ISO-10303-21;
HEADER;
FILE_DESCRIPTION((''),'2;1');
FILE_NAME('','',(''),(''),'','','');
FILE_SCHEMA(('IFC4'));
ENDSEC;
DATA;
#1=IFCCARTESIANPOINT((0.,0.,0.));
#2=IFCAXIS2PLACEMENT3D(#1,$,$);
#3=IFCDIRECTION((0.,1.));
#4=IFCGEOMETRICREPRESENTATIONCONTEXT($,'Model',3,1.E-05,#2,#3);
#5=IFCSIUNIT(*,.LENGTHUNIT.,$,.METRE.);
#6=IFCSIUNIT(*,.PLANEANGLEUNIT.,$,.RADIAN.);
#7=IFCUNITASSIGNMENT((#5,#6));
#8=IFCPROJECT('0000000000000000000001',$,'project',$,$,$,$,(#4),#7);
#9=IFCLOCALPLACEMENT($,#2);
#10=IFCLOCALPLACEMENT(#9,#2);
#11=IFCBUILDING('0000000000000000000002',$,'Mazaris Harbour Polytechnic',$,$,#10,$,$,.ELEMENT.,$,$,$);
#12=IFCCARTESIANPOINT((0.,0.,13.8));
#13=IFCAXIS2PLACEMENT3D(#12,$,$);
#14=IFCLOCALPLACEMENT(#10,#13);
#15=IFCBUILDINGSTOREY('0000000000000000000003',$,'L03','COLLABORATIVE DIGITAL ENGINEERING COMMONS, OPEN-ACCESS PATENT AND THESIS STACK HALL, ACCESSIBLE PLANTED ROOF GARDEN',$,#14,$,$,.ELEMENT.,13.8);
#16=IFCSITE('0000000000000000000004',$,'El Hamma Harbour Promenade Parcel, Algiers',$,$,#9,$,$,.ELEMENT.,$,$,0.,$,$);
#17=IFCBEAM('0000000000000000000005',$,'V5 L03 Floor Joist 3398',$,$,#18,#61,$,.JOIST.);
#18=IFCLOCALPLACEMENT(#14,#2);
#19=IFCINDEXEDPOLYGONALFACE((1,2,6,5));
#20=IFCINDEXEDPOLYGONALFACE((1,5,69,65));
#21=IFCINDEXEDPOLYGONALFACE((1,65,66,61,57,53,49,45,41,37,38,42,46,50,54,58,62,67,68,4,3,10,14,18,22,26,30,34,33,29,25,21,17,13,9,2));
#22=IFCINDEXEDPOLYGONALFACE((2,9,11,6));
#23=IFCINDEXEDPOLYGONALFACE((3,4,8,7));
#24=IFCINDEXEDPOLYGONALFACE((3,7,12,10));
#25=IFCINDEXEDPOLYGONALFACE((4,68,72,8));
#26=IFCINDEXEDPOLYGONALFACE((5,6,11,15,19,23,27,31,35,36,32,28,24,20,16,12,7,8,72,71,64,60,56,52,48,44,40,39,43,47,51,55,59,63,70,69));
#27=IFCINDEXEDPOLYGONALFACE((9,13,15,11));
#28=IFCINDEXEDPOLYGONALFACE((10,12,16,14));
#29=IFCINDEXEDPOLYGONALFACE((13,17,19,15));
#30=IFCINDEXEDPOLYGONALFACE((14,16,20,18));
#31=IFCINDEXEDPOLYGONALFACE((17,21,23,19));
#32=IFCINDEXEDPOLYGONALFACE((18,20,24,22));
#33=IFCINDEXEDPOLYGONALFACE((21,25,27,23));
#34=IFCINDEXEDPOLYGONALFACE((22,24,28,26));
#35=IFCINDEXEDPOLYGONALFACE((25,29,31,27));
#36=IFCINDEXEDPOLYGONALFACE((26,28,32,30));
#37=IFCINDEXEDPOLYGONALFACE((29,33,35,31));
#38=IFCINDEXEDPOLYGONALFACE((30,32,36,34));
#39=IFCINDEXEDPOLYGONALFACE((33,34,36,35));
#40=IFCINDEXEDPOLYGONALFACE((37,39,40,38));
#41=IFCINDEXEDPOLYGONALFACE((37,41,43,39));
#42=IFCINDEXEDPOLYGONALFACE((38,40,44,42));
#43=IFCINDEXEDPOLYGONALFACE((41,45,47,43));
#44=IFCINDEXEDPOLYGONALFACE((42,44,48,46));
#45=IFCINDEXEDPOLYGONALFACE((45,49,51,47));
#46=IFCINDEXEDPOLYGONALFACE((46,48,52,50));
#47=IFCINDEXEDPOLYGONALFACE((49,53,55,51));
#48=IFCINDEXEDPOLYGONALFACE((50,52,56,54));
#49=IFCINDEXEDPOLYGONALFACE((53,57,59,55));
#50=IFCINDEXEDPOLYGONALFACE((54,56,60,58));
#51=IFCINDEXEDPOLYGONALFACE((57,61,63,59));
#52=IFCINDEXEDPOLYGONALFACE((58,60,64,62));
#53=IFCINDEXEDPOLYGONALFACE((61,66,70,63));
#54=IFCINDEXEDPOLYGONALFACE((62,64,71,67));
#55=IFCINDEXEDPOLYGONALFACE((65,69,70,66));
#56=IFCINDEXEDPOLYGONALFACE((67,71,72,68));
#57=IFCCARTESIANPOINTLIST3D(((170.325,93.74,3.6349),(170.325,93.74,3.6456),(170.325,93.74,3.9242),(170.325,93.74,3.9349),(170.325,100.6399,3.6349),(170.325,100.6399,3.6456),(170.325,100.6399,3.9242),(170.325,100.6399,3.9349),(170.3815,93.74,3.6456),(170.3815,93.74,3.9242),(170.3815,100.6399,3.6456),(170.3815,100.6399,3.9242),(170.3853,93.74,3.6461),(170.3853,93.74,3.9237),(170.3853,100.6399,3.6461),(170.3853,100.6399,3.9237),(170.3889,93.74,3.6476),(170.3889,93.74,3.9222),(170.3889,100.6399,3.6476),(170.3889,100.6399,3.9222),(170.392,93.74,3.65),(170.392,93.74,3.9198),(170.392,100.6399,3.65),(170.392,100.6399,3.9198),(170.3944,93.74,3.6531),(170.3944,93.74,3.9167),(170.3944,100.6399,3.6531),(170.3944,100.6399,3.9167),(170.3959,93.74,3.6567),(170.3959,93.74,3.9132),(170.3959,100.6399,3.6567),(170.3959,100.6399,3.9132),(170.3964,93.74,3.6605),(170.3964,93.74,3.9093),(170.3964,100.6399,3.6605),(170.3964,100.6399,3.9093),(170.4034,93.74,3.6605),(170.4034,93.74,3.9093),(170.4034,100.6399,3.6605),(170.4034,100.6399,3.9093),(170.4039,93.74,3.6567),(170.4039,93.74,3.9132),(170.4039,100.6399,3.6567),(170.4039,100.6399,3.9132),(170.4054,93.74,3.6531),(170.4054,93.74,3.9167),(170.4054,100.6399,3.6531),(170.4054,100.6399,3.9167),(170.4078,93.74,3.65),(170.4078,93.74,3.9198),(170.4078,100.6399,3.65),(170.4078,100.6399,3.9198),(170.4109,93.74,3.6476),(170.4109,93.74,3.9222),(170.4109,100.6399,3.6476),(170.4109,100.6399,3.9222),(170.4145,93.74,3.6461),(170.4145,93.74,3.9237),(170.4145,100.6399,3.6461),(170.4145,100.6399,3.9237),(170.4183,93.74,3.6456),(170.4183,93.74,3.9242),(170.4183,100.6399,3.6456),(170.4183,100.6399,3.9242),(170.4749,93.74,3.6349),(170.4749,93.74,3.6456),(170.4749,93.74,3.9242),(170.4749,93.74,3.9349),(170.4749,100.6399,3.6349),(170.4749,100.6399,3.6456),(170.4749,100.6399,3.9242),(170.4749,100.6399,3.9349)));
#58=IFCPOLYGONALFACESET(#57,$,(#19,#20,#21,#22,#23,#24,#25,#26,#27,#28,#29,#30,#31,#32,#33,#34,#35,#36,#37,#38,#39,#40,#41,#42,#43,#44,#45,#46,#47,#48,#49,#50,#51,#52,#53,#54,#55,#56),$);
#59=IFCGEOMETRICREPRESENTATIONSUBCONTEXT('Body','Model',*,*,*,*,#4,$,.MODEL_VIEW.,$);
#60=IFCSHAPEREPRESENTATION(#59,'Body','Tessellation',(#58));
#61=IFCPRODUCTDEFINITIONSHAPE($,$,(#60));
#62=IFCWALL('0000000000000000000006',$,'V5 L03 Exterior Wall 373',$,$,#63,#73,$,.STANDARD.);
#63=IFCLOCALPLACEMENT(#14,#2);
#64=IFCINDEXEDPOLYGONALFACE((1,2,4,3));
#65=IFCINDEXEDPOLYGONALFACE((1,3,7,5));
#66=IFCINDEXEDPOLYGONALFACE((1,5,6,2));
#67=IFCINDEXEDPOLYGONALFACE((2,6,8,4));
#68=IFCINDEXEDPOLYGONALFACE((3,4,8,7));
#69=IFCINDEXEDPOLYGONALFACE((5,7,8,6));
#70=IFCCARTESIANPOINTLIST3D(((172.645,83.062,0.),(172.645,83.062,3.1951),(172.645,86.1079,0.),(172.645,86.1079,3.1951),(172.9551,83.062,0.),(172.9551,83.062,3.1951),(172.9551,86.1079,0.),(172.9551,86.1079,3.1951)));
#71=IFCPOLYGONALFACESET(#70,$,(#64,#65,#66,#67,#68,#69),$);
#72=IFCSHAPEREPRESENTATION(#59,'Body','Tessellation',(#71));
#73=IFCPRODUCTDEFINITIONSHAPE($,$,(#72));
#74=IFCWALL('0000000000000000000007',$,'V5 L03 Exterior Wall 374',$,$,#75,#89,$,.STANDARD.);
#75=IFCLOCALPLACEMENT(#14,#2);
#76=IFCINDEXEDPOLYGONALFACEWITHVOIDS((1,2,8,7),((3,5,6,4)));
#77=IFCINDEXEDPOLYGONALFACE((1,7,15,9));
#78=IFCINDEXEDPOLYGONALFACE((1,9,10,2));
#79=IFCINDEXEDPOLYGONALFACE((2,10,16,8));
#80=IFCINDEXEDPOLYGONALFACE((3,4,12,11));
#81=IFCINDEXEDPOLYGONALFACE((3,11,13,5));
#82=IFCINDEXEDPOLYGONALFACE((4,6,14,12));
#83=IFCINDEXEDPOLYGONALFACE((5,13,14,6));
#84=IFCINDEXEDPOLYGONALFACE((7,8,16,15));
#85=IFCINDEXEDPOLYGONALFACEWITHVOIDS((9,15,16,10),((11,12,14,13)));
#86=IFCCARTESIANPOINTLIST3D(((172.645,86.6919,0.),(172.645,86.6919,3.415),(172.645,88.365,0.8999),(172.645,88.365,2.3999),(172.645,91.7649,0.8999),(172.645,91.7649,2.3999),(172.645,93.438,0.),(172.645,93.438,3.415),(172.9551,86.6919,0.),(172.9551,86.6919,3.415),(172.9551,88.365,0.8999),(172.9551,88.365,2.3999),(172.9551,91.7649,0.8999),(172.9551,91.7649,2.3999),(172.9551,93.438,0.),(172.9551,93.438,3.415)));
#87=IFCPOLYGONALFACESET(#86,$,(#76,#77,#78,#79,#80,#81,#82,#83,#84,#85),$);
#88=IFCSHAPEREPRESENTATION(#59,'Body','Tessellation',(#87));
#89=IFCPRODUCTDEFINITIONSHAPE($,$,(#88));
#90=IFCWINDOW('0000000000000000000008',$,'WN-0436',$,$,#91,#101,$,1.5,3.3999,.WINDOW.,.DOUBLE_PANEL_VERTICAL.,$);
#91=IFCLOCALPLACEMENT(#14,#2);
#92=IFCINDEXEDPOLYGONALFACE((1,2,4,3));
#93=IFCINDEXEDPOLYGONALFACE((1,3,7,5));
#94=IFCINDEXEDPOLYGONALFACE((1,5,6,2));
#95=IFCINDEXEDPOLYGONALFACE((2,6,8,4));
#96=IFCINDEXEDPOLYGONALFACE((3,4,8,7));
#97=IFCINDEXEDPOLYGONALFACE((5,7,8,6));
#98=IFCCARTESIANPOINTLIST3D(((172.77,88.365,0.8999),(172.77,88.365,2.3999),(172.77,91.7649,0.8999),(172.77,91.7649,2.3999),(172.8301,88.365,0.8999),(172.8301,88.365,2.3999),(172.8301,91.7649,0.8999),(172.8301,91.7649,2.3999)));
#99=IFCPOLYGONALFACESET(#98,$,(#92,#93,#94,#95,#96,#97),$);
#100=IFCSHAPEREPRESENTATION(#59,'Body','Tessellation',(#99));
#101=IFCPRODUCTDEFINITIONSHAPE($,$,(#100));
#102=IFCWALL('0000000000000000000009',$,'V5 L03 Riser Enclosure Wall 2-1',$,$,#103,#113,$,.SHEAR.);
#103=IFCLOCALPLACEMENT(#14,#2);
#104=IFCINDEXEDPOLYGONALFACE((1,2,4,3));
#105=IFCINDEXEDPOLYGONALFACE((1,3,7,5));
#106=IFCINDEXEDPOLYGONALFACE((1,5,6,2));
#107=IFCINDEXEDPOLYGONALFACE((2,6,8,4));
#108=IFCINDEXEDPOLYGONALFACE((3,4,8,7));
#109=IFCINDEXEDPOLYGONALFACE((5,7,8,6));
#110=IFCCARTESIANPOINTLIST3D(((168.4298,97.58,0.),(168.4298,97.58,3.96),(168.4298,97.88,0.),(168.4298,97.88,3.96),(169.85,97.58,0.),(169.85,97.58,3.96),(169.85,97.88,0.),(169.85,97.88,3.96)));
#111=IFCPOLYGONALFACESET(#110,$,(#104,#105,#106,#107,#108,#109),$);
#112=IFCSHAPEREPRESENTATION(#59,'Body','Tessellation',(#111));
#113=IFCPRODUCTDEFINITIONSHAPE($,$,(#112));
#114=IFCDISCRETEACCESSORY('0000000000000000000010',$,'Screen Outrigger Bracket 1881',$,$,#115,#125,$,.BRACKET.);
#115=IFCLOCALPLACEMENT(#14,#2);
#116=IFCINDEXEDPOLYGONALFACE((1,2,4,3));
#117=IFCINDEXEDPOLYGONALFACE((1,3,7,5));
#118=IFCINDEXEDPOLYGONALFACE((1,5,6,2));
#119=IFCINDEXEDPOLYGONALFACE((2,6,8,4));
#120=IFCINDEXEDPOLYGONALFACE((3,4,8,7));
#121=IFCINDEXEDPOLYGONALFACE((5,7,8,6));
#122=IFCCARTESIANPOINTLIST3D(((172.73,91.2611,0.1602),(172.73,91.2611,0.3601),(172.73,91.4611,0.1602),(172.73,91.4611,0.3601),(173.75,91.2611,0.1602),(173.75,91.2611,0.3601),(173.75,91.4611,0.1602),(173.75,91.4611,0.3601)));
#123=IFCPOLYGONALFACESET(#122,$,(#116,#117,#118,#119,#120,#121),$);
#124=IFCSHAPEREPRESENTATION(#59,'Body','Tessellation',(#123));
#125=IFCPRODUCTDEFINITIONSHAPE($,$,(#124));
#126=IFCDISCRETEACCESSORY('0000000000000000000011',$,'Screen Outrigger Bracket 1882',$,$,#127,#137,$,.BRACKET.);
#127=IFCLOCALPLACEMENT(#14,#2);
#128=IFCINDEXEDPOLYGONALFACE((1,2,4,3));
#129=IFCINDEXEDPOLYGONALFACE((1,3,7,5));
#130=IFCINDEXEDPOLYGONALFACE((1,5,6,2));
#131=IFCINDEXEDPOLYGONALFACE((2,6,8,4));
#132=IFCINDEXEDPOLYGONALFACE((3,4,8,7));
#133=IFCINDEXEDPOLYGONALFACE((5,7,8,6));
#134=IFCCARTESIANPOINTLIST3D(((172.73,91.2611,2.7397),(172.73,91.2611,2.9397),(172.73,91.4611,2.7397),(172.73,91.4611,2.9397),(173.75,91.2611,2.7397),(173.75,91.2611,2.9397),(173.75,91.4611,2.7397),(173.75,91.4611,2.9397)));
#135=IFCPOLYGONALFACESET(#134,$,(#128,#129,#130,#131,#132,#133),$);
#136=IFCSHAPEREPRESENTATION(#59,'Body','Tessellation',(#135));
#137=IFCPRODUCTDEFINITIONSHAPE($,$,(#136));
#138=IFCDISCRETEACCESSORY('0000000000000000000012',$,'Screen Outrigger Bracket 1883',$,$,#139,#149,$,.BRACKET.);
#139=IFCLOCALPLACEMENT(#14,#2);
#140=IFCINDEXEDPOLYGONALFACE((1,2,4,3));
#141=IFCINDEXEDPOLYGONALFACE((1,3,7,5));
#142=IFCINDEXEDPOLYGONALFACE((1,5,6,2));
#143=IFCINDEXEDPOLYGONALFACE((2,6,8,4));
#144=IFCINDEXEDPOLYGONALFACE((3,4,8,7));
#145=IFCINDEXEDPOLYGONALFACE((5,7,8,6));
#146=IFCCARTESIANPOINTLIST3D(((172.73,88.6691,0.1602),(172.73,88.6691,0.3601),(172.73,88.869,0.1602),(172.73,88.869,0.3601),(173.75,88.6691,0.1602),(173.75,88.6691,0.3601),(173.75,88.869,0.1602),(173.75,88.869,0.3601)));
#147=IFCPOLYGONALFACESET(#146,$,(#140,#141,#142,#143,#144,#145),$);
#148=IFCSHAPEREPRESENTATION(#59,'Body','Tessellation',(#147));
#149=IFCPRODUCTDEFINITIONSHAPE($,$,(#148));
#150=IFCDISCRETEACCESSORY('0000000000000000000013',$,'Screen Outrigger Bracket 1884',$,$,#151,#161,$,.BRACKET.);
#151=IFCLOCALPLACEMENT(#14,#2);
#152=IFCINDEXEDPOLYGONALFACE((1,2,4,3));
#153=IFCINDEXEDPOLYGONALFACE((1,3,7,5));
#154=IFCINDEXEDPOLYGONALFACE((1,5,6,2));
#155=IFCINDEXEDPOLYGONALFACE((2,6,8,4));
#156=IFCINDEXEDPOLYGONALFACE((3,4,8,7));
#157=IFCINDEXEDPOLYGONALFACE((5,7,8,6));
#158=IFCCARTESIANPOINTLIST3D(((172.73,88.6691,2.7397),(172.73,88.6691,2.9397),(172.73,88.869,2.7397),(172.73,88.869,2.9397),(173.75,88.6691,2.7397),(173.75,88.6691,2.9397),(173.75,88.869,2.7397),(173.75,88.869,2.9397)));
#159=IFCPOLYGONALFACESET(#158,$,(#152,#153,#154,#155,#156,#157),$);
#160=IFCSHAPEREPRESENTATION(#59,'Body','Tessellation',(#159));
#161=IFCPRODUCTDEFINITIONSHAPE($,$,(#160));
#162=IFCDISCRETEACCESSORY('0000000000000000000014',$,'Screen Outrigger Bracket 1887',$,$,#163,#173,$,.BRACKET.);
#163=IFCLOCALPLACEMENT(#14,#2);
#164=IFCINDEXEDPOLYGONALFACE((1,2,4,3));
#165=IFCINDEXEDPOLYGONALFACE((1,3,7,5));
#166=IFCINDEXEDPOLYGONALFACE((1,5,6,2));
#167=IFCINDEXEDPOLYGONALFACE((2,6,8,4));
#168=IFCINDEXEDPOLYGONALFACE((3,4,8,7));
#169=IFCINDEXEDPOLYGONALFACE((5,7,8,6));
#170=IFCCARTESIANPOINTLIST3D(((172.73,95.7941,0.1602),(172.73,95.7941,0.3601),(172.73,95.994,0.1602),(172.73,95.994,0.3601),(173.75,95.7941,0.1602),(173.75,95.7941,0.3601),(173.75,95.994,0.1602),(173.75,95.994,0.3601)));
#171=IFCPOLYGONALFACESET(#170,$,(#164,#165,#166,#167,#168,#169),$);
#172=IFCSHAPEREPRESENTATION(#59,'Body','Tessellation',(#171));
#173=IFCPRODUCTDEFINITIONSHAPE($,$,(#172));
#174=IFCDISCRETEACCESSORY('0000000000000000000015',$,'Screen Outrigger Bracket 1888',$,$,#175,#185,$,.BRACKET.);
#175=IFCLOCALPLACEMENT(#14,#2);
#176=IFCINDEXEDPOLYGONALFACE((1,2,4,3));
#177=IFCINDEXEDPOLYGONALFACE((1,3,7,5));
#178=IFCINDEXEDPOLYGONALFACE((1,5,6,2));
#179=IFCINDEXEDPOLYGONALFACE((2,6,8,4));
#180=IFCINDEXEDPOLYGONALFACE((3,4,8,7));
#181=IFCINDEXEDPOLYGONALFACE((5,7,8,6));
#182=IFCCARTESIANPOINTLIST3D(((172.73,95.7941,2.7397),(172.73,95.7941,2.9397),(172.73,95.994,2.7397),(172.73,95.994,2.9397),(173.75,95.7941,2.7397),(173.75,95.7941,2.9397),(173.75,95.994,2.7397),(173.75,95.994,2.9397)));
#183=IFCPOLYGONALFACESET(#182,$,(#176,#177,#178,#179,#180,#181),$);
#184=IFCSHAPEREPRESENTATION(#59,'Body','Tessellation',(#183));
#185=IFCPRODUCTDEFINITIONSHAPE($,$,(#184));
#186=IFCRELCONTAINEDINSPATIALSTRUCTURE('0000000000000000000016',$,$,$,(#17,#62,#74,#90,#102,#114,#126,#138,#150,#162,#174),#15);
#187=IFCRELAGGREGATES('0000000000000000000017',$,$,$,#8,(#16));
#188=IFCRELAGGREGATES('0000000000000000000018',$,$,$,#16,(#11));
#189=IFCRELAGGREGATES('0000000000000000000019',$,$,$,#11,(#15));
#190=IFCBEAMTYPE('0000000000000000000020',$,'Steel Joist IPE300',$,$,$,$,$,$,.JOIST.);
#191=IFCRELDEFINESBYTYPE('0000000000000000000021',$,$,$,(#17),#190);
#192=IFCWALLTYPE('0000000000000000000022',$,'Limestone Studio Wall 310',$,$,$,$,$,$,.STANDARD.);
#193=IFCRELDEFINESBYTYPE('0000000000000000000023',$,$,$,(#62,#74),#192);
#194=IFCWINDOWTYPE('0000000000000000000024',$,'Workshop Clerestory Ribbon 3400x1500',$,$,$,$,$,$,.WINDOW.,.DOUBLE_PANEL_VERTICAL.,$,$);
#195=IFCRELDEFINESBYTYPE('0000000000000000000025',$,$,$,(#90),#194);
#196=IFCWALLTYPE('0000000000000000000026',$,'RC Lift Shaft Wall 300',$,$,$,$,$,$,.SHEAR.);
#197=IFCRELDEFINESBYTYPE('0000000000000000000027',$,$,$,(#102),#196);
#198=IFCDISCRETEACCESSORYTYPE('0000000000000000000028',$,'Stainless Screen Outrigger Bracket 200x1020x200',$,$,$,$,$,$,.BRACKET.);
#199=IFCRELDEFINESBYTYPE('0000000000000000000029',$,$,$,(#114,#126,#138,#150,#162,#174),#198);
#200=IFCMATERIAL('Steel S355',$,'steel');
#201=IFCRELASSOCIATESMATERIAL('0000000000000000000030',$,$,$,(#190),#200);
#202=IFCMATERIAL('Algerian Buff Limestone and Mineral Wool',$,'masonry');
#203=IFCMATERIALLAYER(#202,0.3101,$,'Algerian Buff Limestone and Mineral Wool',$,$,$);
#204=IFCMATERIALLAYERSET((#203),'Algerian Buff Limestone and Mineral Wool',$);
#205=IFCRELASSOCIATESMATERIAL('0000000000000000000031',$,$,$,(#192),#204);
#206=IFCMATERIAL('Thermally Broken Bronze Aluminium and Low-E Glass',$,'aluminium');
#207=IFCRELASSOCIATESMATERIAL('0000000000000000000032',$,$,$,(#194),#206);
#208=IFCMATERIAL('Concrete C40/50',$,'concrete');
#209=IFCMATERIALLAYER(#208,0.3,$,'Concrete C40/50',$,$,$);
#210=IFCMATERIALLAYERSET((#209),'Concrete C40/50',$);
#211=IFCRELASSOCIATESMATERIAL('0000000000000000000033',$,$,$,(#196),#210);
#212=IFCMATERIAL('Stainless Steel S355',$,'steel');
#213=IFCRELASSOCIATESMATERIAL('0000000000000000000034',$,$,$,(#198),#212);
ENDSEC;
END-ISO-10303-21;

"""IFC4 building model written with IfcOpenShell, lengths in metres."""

from ifc_helpers import new_model, si_unit, direction, frame, frame_2d, origin, origin_2d, place, context, subcontext, project, spatial, rectangle, i_section, extrude, material, layer, layer_set, material_profile, profile_set, type_object, element, fill, save


model = new_model("IFC4")

# Units and contexts
model_context = context("Model", 3, precision=1e-05, world=origin(), true_north=direction((0.0, 1.0)))
body_context = subcontext(model_context, "Body", "Model", "MODEL_VIEW")
ifc_project = project(units=[si_unit("LENGTHUNIT", "METRE"), si_unit("PLANEANGLEUNIT", "RADIAN")], contexts=[model_context])

# Site, building, storey
site_placement = place(None, origin())
site = spatial("IfcSite", under=ifc_project, at=site_placement, Name="El Hamma Harbour Promenade Parcel, Algiers", CompositionType="ELEMENT", RefElevation=0.0)
building_placement = place(site_placement, origin())
building = spatial("IfcBuilding", under=site, at=building_placement, Name="Mazaris Harbour Polytechnic", CompositionType="ELEMENT")
storey_placement = place(building_placement, frame((0.0, 0.0, 13.8)))
storey = spatial("IfcBuildingStorey", under=building, at=storey_placement, Name="L03", Description="COLLABORATIVE DIGITAL ENGINEERING COMMONS, OPEN-ACCESS PATENT AND THESIS STACK HALL, ACCESSIBLE PLANTED ROOF GARDEN", CompositionType="ELEMENT", Elevation=13.8)

# Beam
ifc_material_1 = material(Name="Steel S355", Category="steel")
ifc_material_profile_1 = material_profile(ifc_material_1, i_section(OverallWidth=0.1499, OverallDepth=0.3, WebThickness=0.0071, FlangeThickness=0.0107, FilletRadius=0.0149, at=origin_2d()), Name="IPE 300")
ifc_profile_set_1 = profile_set([ifc_material_profile_1], Name="Steel S355")
beam_type_1 = type_object("IfcBeamType", Name="Steel Joist IPE300", PredefinedType="JOIST", material=ifc_profile_set_1)
beam_1_placement = place(storey_placement, frame((170.3999, 93.74, 3.7849), z_axis=(0.0, 1.0, 0.0), x_axis=(-1.0, 0.0, 0.0)))
element("IfcBeam", 1, at=beam_1_placement, inside=storey, type_object=beam_type_1, Name="V5 L03 Floor Joist 3398", PredefinedType="JOIST", context=body_context, shape_type="SweptSolid", body=[
    extrude(i_section(OverallWidth=0.1499, OverallDepth=0.3, WebThickness=0.0071, FlangeThickness=0.0107, FilletRadius=0.0149, at=origin_2d()), origin(), (0.0, 0.0, 1.0), 6.8999),
])

# Wall
ifc_material_2 = material(Name="Algerian Buff Limestone and Mineral Wool", Category="masonry")
ifc_layer_1 = layer(ifc_material_2, 0.3101, Name="Algerian Buff Limestone and Mineral Wool")
ifc_layer_set_1 = layer_set([ifc_layer_1], Name="Algerian Buff Limestone and Mineral Wool")
wall_type_1 = type_object("IfcWallType", Name="Limestone Studio Wall 310", PredefinedType="STANDARD", material=ifc_layer_set_1)
wall_1_placement = place(storey_placement, frame((172.8, 86.1079, 0.0), z_axis=(0.0, 0.0, 1.0), x_axis=(0.0, -1.0, 0.0)))
element("IfcWall", 2, at=wall_1_placement, inside=storey, type_object=wall_type_1, Name="V5 L03 Exterior Wall 373", PredefinedType="STANDARD", context=body_context, shape_type="SweptSolid", body=[
    extrude(rectangle(XDim=3.0459, YDim=0.3101, at=frame_2d((1.5229, 0.0))), origin(), (0.0, 0.0, 1.0), 3.1951),
])

# Wall, opening, window
wall_2_placement = place(storey_placement, frame((172.8, 93.438, 0.0), z_axis=(0.0, 0.0, 1.0), x_axis=(0.0, -1.0, 0.0)))
wall_2 = element("IfcWall", 3, at=wall_2_placement, inside=storey, type_object=wall_type_1, Name="V5 L03 Exterior Wall 374", PredefinedType="STANDARD", context=body_context, shape_type="SweptSolid", body=[
    extrude(rectangle(XDim=6.7461, YDim=0.3101, at=frame_2d((3.373, 0.0))), origin(), (0.0, 0.0, 1.0), 3.415),
])
opening_placement = place(wall_2_placement, frame((1.6731, 0.0, 0.8999)))
opening = element("IfcOpeningElement", 4, at=opening_placement, cuts=wall_2, PredefinedType="OPENING", context=body_context, shape_type="SweptSolid", body=[
    extrude(rectangle(XDim=3.3999, YDim=1.5, at=frame_2d((1.7, 0.75))), frame((0.0, 0.165, 0.0), z_axis=(0.0, -1.0, 0.0), x_axis=(1.0, 0.0, 0.0)), (0.0, 0.0, 1.0), 0.3301),
])
ifc_material_3 = material(Name="Thermally Broken Bronze Aluminium and Low-E Glass", Category="aluminium")
window_type = type_object("IfcWindowType", Name="Workshop Clerestory Ribbon 3400x1500", PartitioningType="DOUBLE_PANEL_VERTICAL", PredefinedType="WINDOW", material=ifc_material_3)
window_placement = place(opening_placement, origin())
window = element("IfcWindow", 5, at=window_placement, inside=storey, type_object=window_type, Name="WN-0436", OverallHeight=1.5, OverallWidth=3.3999, PartitioningType="DOUBLE_PANEL_VERTICAL", PredefinedType="WINDOW", context=body_context, shape_type="SweptSolid", body=[
    extrude(rectangle(XDim=3.3999, YDim=1.5, at=frame_2d((1.7, 0.75))), frame((0.0, 0.03, 0.0), z_axis=(0.0, -1.0, 0.0), x_axis=(1.0, 0.0, 0.0)), (0.0, 0.0, 1.0), 0.0601),
])
fill(opening, window)

# Wall
ifc_material_4 = material(Name="Concrete C40/50", Category="concrete")
ifc_layer_2 = layer(ifc_material_4, 0.3, Name="Concrete C40/50")
ifc_layer_set_2 = layer_set([ifc_layer_2], Name="Concrete C40/50")
wall_type_2 = type_object("IfcWallType", Name="RC Lift Shaft Wall 300", PredefinedType="SHEAR", material=ifc_layer_set_2)
wall_3_placement = place(storey_placement, frame((168.4299, 97.73, 0.0), z_axis=(0.0, 0.0, 1.0), x_axis=(1.0, 0.0, 0.0)))
element("IfcWall", 6, at=wall_3_placement, inside=storey, type_object=wall_type_2, Name="V5 L03 Riser Enclosure Wall 2-1", PredefinedType="SHEAR", context=body_context, shape_type="SweptSolid", body=[
    extrude(rectangle(XDim=1.4202, YDim=0.3, at=frame_2d((0.71, 0.0))), origin(), (0.0, 0.0, 1.0), 3.96),
])

# Discrete accessories
ifc_material_5 = material(Name="Stainless Steel S355", Category="steel")
discrete_accessory_type = type_object("IfcDiscreteAccessoryType", Name="Stainless Screen Outrigger Bracket 200x1020x200", PredefinedType="BRACKET", material=ifc_material_5)
for number, where, z_axis, x_axis, name in (
    (7, (173.24, 91.3611, 0.1602), (0.0, 0.0, 1.0), (0.0, -1.0, 0.0), "Screen Outrigger Bracket 1881"),
    (8, (173.24, 91.3611, 2.7397), (0.0, 0.0, 1.0), (0.0, -1.0, 0.0), "Screen Outrigger Bracket 1882"),
    (9, (173.24, 88.769, 0.1602), (0.0, 0.0, 1.0), (0.0, -1.0, 0.0), "Screen Outrigger Bracket 1883"),
    (10, (173.24, 88.769, 2.7397), (0.0, 0.0, 1.0), (0.0, -1.0, 0.0), "Screen Outrigger Bracket 1884"),
    (11, (173.24, 95.894, 0.1602), (0.0, 0.0, 1.0), (0.0, -1.0, 0.0), "Screen Outrigger Bracket 1887"),
    (12, (173.24, 95.894, 2.7397), (0.0, 0.0, 1.0), (0.0, -1.0, 0.0), "Screen Outrigger Bracket 1888"),
):
    element("IfcDiscreteAccessory", number, at=place(storey_placement, frame(where, z_axis=z_axis, x_axis=x_axis)), inside=storey, type_object=discrete_accessory_type, Name=name, PredefinedType="BRACKET", context=body_context, shape_type="SweptSolid", body=[
        extrude(rectangle(XDim=0.2, YDim=1.02, at=origin_2d()), origin(), (0.0, 0.0, 1.0), 0.2),
    ])

save(model, "model.ifc")
